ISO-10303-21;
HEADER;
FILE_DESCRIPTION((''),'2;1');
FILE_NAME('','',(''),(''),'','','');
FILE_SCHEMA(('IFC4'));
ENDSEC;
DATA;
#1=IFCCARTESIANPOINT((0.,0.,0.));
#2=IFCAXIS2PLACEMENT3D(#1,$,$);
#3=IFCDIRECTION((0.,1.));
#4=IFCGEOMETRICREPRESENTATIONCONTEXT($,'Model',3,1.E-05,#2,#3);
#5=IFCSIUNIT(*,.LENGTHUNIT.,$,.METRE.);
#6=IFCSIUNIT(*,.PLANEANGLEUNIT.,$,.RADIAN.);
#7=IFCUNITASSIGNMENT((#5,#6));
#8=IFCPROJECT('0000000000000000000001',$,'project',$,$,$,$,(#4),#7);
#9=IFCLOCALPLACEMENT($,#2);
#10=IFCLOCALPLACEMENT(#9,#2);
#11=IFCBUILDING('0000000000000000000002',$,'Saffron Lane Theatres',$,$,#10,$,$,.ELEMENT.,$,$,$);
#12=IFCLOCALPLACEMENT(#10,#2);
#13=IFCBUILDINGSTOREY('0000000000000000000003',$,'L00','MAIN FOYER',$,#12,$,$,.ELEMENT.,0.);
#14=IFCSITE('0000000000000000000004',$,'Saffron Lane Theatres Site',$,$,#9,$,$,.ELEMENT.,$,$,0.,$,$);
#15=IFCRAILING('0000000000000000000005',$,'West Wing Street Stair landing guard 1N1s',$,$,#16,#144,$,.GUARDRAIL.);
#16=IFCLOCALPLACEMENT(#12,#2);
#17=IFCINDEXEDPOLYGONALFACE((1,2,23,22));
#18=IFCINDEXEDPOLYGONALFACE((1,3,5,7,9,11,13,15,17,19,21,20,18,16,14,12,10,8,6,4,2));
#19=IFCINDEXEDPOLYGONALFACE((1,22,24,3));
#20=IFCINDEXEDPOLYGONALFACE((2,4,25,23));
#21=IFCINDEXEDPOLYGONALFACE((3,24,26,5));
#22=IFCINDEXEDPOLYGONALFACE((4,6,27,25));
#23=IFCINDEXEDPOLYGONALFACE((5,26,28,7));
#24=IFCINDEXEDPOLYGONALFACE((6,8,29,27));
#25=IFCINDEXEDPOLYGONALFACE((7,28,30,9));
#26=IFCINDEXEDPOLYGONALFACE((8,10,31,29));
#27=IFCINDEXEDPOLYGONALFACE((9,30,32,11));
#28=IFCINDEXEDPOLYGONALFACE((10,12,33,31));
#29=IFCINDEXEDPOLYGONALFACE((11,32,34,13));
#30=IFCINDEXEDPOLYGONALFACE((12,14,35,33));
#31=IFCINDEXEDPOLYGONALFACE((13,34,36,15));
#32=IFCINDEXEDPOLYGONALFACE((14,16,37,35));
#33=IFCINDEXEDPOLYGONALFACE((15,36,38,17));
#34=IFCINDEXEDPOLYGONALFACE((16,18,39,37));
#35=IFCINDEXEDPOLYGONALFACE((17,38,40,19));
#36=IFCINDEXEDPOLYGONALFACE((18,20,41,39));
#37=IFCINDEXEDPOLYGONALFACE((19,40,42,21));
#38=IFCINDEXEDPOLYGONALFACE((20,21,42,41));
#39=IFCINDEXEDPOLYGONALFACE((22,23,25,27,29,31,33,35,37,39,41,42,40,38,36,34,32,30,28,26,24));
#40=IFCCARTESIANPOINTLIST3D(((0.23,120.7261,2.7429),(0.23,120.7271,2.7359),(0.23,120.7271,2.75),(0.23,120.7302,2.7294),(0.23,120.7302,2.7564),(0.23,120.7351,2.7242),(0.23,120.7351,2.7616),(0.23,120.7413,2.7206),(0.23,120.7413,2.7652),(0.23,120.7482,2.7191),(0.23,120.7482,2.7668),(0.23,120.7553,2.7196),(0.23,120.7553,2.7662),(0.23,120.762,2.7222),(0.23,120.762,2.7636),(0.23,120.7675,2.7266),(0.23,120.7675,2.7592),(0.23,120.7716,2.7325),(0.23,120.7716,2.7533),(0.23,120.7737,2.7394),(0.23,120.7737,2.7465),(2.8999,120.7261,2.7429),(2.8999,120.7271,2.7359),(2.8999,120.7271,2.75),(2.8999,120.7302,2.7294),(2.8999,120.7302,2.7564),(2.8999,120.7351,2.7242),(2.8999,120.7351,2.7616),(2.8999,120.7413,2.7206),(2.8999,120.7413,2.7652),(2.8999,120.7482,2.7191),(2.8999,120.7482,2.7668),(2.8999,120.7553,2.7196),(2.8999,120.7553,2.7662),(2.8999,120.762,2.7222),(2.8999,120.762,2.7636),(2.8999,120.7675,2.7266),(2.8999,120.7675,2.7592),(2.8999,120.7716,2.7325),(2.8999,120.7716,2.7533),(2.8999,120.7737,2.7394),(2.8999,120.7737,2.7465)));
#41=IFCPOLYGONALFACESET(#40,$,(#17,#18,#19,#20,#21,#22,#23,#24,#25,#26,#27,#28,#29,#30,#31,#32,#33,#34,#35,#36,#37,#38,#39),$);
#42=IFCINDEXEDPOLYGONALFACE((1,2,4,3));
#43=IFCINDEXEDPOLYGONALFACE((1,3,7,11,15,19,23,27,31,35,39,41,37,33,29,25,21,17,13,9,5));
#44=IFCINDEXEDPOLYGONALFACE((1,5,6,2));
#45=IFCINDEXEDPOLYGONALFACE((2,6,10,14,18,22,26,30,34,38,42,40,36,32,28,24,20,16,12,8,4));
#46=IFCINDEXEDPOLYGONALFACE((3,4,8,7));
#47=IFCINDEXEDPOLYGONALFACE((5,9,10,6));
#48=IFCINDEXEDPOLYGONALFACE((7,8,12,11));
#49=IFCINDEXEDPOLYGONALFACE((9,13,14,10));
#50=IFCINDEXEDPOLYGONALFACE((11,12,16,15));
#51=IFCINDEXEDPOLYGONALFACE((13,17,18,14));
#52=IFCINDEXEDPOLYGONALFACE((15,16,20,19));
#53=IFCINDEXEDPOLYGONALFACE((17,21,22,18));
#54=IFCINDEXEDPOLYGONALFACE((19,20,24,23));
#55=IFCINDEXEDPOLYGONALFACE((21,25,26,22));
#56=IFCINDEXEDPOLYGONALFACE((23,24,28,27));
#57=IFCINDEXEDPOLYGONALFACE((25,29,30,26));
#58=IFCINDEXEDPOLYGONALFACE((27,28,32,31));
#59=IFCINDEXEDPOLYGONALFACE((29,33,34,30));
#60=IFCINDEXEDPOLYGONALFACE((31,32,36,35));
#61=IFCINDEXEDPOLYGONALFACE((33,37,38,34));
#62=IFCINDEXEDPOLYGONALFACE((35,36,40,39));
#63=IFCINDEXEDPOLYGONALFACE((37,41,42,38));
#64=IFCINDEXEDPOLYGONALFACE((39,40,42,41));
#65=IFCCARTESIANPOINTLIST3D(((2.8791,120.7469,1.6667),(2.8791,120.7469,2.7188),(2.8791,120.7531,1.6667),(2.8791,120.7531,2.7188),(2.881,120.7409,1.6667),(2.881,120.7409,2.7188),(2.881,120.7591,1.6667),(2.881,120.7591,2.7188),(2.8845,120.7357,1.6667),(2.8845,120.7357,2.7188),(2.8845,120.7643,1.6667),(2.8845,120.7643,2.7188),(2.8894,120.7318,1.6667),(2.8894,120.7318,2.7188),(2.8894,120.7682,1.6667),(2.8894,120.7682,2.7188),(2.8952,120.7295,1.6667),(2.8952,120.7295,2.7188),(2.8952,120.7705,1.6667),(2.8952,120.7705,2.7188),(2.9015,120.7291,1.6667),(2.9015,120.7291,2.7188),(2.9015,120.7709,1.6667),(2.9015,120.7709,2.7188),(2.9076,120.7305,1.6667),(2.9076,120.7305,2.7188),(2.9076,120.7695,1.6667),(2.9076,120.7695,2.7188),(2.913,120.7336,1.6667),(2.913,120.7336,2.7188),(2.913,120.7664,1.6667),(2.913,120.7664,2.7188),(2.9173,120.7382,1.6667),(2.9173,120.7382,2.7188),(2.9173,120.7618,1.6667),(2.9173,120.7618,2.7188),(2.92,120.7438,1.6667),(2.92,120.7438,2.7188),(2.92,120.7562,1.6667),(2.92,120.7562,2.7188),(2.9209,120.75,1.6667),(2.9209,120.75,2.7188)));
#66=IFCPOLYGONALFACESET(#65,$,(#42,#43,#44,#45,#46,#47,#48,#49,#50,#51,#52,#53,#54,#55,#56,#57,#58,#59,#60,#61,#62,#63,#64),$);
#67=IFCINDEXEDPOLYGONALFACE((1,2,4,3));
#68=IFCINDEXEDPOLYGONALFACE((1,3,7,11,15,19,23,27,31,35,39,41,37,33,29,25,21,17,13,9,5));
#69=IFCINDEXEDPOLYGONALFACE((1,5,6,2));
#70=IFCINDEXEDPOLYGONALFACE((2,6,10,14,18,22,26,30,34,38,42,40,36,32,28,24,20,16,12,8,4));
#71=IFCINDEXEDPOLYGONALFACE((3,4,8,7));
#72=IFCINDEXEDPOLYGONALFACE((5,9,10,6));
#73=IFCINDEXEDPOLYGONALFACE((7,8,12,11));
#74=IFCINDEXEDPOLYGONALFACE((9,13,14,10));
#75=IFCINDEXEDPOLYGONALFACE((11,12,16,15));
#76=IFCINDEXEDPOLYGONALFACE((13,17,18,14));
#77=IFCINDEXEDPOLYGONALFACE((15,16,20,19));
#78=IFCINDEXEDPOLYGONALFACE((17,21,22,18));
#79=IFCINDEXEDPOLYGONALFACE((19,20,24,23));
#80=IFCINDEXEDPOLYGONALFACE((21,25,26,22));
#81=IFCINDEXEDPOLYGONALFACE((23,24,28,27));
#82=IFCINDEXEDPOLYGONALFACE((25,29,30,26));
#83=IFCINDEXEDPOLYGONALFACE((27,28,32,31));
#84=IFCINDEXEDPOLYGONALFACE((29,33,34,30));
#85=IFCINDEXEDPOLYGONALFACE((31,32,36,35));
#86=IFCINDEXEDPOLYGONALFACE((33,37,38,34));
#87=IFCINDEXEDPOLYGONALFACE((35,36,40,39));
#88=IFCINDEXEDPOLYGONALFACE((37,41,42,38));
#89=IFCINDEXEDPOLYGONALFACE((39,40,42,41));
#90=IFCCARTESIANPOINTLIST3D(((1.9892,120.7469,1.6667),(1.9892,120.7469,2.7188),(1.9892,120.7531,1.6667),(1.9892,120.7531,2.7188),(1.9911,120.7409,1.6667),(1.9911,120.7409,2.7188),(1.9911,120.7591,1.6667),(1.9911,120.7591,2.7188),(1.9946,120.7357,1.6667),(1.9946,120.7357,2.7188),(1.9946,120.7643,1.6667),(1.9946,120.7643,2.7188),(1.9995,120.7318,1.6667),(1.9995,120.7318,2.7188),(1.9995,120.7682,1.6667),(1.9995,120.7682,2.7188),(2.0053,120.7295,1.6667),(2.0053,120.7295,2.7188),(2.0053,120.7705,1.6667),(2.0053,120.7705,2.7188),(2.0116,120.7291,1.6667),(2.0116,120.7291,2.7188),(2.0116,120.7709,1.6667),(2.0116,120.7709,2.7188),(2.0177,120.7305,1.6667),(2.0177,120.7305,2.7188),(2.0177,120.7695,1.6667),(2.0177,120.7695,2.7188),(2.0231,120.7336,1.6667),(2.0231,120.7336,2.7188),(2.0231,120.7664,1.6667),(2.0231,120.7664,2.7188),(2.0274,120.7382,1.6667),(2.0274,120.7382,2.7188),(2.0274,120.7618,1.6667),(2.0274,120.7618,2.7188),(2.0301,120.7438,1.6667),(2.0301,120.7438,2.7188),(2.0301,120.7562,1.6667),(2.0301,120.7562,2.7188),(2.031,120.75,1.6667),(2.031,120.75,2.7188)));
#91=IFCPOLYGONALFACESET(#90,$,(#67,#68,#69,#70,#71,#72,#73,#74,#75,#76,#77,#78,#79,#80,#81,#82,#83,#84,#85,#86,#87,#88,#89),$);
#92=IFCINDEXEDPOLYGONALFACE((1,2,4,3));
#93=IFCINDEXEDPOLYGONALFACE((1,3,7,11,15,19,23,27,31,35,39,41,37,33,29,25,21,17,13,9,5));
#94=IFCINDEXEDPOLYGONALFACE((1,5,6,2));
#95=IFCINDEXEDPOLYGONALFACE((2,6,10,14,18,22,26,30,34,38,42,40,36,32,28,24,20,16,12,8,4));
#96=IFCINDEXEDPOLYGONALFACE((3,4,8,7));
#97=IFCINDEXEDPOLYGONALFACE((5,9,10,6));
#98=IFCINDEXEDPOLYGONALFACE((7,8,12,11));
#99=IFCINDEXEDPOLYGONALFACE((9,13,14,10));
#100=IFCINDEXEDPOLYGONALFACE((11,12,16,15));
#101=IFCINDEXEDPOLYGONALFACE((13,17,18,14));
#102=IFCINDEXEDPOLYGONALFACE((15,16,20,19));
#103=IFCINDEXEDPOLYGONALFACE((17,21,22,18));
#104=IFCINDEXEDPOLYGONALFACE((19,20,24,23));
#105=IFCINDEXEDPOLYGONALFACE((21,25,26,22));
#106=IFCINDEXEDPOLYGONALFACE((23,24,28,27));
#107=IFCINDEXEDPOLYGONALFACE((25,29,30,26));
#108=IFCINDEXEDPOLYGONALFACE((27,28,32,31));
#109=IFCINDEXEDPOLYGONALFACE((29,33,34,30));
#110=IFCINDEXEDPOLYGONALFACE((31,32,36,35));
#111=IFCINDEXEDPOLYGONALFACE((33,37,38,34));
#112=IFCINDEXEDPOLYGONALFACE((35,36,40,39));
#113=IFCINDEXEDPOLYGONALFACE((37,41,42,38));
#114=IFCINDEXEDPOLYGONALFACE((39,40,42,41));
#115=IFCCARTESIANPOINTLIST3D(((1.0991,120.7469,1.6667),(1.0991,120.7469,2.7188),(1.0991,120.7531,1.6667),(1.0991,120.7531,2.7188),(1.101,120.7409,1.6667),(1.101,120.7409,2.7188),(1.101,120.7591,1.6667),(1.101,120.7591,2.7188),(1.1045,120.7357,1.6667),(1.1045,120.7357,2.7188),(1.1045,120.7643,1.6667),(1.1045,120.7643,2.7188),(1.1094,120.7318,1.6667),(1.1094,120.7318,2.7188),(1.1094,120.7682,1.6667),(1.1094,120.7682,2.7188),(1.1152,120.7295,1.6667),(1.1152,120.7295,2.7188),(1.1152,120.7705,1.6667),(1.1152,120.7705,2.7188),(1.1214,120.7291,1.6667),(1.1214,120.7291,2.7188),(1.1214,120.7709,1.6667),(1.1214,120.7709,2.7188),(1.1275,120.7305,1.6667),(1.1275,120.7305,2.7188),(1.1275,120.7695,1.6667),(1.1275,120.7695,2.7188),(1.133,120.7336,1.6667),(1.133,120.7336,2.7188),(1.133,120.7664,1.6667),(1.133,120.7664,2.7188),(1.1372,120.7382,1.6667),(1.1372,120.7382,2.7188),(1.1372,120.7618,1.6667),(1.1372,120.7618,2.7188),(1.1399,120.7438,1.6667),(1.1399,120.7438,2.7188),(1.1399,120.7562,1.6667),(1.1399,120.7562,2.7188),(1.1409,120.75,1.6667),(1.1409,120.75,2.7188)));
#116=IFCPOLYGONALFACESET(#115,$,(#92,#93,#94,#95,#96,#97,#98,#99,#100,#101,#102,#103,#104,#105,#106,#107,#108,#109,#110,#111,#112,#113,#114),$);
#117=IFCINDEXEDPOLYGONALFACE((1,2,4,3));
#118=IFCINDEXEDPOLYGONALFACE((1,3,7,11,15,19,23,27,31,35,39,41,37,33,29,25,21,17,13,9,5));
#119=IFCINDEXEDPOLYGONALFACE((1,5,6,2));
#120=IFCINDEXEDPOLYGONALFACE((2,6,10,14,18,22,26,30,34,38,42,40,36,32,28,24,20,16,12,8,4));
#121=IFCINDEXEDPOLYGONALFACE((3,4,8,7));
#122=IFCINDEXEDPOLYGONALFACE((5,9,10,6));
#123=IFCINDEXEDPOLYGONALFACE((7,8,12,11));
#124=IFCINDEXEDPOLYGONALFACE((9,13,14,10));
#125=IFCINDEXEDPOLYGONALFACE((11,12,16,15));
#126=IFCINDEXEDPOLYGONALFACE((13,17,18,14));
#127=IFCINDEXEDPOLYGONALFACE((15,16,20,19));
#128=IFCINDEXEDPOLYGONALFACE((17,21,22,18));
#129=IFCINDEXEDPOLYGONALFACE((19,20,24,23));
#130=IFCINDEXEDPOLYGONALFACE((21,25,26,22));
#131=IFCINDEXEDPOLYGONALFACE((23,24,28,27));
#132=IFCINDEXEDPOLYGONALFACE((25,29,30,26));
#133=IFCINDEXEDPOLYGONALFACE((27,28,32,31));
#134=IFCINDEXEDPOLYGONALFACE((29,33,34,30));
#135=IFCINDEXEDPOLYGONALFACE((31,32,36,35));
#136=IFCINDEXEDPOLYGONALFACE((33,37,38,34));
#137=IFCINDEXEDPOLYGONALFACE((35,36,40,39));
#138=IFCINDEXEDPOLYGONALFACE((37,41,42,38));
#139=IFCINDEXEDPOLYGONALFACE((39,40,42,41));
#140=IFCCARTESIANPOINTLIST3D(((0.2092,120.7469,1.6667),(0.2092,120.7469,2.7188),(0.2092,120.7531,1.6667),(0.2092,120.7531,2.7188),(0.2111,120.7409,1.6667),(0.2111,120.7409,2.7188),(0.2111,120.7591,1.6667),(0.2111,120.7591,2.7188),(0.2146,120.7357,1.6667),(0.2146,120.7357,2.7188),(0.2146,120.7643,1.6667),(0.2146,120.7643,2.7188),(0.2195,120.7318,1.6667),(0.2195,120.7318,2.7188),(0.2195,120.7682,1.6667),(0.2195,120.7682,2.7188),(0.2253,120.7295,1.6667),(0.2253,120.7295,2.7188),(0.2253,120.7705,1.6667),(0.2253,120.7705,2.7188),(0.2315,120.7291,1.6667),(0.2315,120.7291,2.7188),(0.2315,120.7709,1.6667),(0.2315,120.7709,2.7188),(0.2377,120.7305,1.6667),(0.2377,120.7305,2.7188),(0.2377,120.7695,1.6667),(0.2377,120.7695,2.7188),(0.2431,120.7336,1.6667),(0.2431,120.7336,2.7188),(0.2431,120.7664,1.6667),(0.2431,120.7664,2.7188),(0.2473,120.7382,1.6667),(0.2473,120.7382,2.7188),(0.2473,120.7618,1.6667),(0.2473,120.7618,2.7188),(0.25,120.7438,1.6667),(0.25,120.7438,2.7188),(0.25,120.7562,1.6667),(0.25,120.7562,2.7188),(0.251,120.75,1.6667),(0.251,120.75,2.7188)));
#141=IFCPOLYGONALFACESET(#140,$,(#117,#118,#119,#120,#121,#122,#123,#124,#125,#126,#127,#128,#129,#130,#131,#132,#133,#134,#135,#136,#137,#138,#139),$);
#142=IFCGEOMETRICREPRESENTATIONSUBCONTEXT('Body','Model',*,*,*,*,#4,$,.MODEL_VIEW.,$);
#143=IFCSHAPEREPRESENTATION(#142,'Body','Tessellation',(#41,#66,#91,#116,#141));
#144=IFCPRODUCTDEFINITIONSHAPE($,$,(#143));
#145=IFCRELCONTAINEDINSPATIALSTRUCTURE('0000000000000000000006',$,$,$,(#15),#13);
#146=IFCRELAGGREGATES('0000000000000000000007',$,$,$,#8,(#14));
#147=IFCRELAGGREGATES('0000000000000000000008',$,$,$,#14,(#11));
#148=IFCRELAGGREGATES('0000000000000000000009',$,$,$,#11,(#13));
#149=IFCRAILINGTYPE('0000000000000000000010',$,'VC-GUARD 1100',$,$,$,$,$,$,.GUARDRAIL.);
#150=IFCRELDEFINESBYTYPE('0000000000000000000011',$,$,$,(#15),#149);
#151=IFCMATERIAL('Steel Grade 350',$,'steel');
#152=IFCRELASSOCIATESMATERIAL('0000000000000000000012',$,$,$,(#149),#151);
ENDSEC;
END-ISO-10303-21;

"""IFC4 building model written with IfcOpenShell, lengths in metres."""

from ifc_helpers import new_model, si_unit, direction, frame, origin, origin_2d, place, context, subcontext, project, spatial, circle, extrude, material, type_object, element, save


model = new_model("IFC4")

# Units and contexts
model_context = context("Model", 3, precision=1e-05, world=origin(), true_north=direction((0.0, 1.0)))
body_context = subcontext(model_context, "Body", "Model", "MODEL_VIEW")
ifc_project = project(units=[si_unit("LENGTHUNIT", "METRE"), si_unit("PLANEANGLEUNIT", "RADIAN")], contexts=[model_context])

# Site, building, storey
site_placement = place(None, origin())
site = spatial("IfcSite", under=ifc_project, at=site_placement, Name="Saffron Lane Theatres Site", CompositionType="ELEMENT", RefElevation=0.0)
building_placement = place(site_placement, origin())
building = spatial("IfcBuilding", under=site, at=building_placement, Name="Saffron Lane Theatres", CompositionType="ELEMENT")
storey_placement = place(building_placement, origin())
storey = spatial("IfcBuildingStorey", under=building, at=storey_placement, Name="L00", Description="MAIN FOYER", CompositionType="ELEMENT", Elevation=0.0)

# Railing
ifc_material_1 = material(Name="Steel Grade 350", Category="steel")
railing_type_1 = type_object("IfcRailingType", Name="VC-GUARD 1100", PredefinedType="GUARDRAIL", material=ifc_material_1)
railing_1_placement = place(storey_placement, frame((2.8999, 120.75, 1.6667)))
element("IfcRailing", 1, at=railing_1_placement, inside=storey, type_object=railing_type_1, Name="West Wing Street Stair landing guard 1N1s", PredefinedType="GUARDRAIL", context=body_context, shape_type="SweptSolid", body=[
    extrude(circle(Radius=0.0239, at=origin_2d()), frame((0.0, 0.0, 1.0762), z_axis=(-1.0, 0.0, 0.0), x_axis=(0.0, -1.0, 0.0)), (0.0, 0.0, 1.0), 2.6699),
    extrude(circle(Radius=0.021, at=origin_2d()), origin(), (0.0, 0.0, 1.0), 1.052),
    extrude(circle(Radius=0.021, at=origin_2d()), frame((-0.8899, 0.0, 0.0)), (0.0, 0.0, 1.0), 1.052),
    extrude(circle(Radius=0.021, at=origin_2d()), frame((-1.78, 0.0, 0.0)), (0.0, 0.0, 1.0), 1.052),
    extrude(circle(Radius=0.021, at=origin_2d()), frame((-2.6699, 0.0, 0.0)), (0.0, 0.0, 1.0), 1.052),
])

save(model, "model.ifc")
